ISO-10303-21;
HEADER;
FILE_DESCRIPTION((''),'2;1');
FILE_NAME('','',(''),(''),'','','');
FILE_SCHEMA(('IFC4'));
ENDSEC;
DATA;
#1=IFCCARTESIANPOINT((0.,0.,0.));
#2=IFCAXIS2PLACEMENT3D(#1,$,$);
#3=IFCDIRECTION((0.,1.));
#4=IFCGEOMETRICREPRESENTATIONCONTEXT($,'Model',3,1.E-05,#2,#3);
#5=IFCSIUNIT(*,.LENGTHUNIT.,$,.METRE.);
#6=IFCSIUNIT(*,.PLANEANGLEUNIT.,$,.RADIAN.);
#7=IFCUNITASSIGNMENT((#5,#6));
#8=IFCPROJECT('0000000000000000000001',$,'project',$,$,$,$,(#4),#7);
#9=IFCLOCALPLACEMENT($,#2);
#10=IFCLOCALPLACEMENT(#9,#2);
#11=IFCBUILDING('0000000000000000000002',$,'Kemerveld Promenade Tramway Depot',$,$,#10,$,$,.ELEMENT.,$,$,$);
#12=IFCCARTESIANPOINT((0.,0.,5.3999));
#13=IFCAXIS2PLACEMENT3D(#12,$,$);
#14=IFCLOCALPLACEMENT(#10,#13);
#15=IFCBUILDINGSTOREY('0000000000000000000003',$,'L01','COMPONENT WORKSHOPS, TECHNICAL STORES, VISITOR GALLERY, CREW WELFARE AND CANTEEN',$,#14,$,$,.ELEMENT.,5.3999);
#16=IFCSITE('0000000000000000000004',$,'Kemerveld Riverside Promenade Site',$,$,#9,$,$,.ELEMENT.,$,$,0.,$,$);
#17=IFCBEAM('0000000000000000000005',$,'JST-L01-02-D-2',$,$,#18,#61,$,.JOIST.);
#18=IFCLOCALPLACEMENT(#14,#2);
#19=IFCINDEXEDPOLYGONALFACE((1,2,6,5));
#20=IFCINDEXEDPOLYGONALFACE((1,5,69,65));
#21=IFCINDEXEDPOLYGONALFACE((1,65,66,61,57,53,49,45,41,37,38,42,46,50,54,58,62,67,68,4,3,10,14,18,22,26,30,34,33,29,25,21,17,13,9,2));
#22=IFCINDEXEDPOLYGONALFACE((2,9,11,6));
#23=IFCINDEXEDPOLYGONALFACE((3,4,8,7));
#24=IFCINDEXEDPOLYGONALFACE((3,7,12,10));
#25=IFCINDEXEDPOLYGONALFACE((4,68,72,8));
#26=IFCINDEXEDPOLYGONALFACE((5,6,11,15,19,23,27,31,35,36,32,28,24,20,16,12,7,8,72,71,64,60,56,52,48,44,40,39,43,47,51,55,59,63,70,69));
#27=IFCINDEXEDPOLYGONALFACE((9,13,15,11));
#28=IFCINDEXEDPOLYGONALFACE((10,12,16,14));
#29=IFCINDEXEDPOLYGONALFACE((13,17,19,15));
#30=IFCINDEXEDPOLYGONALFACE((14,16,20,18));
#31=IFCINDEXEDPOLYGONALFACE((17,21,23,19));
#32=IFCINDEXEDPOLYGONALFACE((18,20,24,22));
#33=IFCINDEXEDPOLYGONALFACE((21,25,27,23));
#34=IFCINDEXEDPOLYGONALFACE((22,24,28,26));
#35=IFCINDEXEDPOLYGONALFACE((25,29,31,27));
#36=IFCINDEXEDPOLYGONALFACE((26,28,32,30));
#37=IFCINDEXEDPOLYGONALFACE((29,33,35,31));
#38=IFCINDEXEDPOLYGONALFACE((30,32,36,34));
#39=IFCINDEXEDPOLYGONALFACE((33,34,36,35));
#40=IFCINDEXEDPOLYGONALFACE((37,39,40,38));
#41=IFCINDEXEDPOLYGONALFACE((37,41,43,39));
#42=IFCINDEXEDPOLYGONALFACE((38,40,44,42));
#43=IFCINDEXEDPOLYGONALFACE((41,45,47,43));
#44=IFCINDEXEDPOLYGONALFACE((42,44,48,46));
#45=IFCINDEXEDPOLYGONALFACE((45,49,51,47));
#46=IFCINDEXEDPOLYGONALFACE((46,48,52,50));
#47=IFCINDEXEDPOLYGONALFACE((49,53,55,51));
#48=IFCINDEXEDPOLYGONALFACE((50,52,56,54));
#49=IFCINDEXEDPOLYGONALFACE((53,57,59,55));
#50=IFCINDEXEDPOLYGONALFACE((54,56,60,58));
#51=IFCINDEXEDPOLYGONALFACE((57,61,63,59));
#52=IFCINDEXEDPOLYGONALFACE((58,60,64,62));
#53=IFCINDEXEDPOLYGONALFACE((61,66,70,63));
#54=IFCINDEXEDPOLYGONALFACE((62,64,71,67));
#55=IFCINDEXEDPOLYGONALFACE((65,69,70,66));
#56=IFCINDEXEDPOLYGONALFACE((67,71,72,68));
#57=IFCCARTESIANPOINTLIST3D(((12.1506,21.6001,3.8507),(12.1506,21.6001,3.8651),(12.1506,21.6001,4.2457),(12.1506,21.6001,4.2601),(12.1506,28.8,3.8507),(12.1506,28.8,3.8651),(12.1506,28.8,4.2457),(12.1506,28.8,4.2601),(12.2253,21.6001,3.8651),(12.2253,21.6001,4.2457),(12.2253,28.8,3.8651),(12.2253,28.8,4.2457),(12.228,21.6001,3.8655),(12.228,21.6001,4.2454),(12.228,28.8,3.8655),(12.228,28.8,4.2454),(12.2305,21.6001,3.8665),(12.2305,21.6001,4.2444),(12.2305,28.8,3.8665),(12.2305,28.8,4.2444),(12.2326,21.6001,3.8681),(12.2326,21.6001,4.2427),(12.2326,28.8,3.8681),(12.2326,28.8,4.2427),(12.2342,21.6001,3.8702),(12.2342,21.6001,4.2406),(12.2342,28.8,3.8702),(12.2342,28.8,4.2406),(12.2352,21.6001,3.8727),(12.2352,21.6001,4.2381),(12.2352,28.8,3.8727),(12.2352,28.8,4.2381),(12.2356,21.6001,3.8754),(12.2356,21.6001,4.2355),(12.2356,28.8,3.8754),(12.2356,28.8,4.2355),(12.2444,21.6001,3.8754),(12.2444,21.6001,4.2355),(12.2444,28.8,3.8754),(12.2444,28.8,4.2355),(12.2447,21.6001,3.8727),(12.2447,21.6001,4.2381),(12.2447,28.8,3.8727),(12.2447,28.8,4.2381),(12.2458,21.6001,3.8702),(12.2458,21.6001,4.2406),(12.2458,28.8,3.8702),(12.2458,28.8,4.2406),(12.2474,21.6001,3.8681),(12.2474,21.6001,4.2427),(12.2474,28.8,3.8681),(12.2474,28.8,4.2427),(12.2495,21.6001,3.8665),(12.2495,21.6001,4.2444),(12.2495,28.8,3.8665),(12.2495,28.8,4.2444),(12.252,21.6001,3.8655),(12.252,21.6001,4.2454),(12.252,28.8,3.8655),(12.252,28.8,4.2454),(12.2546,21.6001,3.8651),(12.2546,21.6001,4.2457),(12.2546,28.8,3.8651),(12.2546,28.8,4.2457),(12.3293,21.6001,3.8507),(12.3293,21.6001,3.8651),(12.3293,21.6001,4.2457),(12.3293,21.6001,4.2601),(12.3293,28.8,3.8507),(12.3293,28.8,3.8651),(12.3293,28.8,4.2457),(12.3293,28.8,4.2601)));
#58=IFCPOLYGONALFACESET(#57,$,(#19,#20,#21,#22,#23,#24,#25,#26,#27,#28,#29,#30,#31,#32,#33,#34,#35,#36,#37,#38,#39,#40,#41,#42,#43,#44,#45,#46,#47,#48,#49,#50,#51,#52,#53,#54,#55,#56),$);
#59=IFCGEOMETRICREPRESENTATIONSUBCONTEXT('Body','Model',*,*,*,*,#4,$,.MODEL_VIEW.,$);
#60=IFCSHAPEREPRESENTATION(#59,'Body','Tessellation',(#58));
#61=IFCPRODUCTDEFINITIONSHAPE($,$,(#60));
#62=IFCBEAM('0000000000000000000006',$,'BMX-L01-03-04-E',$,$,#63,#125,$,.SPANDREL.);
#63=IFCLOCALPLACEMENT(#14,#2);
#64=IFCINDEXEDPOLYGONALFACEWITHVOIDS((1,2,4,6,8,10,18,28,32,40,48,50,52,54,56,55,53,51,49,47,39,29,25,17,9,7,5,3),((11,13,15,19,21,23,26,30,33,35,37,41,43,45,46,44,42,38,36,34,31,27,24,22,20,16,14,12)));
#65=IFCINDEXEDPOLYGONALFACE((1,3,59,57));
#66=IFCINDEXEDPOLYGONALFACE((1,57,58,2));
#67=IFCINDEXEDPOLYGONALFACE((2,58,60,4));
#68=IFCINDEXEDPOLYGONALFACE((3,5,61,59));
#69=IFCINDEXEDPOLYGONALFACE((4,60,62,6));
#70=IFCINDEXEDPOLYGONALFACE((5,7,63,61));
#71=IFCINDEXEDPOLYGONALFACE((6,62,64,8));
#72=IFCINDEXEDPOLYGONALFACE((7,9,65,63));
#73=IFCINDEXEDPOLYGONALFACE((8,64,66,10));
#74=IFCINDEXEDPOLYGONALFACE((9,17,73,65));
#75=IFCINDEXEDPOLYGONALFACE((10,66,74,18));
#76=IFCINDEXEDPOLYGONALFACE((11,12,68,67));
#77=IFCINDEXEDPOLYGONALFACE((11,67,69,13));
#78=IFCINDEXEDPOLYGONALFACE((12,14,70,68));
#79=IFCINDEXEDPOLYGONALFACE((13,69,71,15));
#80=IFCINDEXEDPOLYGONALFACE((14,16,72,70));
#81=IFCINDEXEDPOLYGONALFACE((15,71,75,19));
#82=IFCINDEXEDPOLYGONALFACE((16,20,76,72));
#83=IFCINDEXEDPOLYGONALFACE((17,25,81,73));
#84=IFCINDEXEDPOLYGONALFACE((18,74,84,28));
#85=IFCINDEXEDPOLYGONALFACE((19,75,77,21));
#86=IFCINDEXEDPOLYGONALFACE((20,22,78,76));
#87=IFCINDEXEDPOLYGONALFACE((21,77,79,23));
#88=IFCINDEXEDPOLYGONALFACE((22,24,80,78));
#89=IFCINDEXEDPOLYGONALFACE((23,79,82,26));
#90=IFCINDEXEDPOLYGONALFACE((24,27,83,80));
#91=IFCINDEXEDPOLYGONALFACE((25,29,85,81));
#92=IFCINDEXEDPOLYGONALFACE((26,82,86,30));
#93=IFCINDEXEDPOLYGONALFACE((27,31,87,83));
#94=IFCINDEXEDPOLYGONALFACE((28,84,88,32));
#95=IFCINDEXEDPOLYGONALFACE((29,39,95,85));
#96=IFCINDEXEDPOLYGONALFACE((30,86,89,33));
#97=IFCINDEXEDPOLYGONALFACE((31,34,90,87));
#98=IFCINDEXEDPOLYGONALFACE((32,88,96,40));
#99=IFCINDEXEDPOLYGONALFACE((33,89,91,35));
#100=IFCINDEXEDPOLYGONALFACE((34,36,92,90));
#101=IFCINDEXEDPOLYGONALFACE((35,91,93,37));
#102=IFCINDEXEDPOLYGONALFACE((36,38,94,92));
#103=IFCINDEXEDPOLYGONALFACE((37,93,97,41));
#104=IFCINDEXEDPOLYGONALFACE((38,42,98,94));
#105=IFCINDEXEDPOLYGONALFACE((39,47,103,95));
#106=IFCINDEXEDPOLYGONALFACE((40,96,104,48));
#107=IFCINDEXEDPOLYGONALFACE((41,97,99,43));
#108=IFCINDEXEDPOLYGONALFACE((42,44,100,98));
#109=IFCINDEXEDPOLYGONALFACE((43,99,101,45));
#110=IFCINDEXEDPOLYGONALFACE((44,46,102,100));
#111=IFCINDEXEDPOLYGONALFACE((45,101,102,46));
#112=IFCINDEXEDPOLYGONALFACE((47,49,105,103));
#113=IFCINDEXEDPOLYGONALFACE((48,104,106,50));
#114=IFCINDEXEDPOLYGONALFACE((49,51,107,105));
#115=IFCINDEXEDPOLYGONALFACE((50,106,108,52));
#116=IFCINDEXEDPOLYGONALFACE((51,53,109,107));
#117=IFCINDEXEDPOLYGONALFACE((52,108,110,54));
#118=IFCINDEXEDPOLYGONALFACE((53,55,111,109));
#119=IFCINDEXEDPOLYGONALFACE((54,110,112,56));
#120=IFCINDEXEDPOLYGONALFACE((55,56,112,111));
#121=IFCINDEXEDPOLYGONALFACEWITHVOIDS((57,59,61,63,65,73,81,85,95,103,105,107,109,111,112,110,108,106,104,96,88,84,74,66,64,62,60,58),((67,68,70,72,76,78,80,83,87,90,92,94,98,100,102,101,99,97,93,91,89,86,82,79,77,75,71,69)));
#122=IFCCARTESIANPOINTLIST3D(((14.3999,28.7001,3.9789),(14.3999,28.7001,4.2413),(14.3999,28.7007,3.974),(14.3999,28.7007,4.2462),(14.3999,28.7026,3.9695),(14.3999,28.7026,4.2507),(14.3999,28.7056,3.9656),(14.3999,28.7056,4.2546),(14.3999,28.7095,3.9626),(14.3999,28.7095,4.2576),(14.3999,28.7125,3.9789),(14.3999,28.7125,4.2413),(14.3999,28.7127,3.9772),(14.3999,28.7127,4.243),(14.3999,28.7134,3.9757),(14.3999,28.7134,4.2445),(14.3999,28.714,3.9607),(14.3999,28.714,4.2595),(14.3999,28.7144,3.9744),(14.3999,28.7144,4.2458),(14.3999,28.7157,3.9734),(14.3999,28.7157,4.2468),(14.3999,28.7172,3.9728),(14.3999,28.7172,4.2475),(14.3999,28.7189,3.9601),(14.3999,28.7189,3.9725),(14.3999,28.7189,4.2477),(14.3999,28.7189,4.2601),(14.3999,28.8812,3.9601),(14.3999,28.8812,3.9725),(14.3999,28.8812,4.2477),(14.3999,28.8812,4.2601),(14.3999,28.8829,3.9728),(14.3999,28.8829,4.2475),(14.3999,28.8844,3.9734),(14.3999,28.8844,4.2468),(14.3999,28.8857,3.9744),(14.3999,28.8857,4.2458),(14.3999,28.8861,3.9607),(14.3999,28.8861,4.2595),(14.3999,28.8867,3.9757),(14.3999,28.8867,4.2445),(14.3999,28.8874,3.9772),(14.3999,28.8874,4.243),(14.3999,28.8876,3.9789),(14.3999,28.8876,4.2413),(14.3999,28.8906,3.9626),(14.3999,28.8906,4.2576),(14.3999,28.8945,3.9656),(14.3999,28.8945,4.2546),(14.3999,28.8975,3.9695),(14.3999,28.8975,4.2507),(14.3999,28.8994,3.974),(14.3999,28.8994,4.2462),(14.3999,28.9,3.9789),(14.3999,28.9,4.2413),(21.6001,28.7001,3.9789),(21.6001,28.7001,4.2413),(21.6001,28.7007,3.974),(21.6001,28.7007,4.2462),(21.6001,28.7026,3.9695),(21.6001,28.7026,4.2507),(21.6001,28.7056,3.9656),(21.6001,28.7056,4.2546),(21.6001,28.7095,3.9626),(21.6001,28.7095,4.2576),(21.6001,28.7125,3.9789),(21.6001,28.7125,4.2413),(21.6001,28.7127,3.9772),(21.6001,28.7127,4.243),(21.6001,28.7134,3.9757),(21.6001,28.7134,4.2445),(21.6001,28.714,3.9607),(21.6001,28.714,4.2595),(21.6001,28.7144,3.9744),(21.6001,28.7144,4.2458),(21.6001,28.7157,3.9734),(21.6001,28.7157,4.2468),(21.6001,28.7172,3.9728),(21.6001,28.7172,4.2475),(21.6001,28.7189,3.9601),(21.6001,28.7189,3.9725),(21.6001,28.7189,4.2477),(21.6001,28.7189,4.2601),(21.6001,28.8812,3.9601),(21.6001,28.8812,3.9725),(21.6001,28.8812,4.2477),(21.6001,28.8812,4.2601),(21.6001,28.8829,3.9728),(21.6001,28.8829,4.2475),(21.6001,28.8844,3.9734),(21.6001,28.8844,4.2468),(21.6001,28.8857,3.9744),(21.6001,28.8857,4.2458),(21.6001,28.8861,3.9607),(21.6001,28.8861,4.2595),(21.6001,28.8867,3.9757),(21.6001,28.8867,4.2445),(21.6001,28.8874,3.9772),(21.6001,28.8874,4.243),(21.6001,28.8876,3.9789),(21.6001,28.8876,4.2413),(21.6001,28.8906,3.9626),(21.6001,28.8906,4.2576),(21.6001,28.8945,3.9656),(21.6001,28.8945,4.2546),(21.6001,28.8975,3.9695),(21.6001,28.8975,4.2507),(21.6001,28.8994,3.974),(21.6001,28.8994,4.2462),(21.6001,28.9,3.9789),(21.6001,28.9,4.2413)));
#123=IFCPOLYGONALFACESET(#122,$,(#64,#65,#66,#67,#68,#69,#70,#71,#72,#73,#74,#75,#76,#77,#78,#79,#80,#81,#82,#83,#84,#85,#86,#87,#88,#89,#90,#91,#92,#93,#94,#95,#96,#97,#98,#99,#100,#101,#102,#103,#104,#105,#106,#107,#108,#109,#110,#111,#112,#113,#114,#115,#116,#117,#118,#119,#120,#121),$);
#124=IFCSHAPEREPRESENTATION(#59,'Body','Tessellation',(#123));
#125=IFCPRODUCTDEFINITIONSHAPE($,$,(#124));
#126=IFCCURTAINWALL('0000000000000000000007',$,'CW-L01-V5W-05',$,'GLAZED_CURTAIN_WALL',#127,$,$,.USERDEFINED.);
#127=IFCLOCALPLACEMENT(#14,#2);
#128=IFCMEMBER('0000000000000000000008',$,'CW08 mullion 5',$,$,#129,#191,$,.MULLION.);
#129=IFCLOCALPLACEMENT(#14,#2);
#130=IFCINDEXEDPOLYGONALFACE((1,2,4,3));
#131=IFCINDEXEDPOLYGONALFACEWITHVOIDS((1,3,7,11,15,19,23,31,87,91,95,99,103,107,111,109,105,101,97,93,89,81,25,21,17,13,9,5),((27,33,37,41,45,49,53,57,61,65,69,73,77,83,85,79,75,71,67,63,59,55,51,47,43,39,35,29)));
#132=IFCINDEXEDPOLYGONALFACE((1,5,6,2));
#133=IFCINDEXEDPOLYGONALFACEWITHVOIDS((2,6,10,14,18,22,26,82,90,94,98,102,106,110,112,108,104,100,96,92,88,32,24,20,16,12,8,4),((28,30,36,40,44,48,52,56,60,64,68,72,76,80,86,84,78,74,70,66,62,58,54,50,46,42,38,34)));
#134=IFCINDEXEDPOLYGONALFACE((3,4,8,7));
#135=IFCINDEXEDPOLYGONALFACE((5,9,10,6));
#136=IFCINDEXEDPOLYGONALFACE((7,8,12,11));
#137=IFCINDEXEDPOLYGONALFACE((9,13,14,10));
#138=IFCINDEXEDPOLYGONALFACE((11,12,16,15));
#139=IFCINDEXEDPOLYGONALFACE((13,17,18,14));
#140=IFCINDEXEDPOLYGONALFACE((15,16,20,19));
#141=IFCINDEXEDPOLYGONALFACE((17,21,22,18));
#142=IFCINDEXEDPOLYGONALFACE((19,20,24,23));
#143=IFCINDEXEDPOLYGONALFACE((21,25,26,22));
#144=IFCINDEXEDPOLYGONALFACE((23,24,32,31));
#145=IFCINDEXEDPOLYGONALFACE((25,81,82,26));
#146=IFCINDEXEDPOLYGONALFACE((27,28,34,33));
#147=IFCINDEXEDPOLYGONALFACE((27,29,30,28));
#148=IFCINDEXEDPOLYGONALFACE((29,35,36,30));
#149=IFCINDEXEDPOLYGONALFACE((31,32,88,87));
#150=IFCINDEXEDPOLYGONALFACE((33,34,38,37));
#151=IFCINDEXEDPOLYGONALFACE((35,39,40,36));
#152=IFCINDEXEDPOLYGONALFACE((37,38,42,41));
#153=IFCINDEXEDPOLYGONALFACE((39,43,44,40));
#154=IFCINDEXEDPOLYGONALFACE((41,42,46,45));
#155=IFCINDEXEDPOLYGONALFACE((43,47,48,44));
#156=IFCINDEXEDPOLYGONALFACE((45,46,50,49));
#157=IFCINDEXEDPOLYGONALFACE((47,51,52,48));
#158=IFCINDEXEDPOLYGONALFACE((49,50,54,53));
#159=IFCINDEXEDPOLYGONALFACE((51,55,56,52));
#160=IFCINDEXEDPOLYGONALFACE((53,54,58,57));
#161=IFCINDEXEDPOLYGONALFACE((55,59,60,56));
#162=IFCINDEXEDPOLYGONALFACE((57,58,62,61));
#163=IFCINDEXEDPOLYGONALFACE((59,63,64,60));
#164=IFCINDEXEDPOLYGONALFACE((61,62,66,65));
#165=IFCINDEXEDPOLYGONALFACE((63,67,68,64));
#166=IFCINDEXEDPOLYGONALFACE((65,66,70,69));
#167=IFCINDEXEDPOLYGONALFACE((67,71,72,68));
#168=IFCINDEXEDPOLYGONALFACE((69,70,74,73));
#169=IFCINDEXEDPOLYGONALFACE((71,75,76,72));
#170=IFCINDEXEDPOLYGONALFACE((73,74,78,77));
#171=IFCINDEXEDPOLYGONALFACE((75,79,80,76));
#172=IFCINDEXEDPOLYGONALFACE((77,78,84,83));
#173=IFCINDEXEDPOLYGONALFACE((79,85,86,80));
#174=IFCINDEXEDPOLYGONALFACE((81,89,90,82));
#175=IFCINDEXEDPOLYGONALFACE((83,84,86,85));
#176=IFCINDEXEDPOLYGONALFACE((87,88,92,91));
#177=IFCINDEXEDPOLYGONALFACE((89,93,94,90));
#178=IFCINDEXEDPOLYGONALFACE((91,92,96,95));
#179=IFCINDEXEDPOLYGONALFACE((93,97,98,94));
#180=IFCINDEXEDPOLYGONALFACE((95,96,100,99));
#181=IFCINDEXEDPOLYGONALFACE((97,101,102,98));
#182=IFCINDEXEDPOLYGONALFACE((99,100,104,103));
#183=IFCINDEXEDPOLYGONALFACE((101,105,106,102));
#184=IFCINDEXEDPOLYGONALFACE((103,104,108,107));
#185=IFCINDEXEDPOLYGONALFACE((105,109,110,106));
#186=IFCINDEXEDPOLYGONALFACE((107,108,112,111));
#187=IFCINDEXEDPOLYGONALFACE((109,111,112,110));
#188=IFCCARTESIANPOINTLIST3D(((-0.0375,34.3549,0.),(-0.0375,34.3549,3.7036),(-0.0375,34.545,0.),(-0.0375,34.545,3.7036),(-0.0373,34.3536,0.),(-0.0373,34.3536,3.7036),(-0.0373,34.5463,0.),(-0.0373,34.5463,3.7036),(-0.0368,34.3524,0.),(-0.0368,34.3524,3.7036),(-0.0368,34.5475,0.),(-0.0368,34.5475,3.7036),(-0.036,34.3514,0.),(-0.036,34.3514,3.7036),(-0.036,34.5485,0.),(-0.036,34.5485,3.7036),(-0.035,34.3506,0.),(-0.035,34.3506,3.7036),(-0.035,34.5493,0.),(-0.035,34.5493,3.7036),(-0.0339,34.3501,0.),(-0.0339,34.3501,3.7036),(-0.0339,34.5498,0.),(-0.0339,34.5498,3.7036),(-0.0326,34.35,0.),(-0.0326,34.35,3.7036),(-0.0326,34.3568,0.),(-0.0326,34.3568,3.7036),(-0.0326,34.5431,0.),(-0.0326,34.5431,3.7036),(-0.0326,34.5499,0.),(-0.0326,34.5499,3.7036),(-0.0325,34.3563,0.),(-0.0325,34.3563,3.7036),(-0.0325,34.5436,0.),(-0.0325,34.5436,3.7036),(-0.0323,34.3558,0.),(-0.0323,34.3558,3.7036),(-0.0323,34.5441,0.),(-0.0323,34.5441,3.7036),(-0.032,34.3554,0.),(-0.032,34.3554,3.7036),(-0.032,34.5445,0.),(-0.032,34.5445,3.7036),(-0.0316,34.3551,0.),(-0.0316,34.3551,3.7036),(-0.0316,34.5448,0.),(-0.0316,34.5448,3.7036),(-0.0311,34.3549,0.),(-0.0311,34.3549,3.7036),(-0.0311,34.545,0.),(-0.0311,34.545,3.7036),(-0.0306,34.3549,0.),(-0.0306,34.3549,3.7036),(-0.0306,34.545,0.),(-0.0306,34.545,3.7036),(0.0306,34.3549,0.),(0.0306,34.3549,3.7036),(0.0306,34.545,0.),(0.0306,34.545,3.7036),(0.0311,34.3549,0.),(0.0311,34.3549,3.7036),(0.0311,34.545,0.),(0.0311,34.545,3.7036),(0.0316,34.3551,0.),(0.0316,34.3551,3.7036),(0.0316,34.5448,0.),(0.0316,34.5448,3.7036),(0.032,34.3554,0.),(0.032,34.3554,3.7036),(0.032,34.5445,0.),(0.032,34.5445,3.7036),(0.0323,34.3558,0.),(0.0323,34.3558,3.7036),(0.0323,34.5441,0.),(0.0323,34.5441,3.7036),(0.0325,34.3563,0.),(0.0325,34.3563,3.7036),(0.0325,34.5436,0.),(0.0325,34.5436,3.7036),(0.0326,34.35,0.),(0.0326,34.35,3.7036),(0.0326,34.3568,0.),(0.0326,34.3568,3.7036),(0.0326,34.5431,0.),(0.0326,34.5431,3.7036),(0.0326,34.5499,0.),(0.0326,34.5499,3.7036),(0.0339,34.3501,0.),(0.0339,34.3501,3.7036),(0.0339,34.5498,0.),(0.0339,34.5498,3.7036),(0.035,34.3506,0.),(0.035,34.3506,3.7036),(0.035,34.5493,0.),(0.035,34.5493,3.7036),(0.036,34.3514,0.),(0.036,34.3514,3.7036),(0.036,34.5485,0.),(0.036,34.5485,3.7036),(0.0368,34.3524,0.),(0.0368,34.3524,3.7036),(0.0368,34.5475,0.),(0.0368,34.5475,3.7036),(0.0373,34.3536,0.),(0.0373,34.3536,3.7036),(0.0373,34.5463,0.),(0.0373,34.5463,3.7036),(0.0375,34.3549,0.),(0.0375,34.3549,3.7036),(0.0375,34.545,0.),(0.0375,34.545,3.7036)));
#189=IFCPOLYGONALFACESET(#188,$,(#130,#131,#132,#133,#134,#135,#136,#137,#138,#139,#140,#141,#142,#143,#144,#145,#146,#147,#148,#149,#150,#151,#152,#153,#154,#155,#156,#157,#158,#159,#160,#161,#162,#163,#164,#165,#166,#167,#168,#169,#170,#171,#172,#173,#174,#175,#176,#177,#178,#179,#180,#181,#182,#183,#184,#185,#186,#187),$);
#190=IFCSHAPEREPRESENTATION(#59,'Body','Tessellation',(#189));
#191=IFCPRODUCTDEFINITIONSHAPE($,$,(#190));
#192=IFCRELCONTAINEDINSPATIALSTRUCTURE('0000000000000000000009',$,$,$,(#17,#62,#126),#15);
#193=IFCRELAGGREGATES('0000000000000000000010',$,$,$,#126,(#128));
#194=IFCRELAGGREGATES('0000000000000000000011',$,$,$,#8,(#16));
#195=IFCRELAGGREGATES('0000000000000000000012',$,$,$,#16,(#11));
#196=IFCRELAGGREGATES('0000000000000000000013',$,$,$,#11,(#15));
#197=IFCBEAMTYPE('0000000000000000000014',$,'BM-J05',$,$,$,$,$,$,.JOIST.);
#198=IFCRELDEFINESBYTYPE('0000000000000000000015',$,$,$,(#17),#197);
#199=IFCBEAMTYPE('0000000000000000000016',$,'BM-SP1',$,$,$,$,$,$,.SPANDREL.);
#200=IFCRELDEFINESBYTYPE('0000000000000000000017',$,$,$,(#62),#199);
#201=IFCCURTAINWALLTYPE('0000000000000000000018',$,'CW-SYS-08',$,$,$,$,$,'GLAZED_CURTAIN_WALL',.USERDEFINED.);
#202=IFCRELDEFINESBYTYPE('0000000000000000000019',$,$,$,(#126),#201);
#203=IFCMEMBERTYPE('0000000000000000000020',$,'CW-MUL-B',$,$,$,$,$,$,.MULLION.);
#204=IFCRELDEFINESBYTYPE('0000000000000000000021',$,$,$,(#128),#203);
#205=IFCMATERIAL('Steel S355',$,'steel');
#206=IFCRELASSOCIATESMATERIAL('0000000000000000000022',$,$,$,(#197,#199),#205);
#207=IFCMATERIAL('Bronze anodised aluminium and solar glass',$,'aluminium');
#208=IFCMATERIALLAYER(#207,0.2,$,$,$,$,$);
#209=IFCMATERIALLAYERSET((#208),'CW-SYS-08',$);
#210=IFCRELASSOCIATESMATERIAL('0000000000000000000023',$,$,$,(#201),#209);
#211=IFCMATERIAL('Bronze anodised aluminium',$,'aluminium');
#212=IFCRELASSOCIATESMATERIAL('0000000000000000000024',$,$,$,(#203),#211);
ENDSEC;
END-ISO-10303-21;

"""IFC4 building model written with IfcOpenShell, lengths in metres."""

from ifc_helpers import new_model, si_unit, direction, frame, origin, origin_2d, place, context, subcontext, project, spatial, hollow_rectangle, i_section, extrude, material, layer, layer_set, material_profile, profile_set, type_object, element, aggregate, save


model = new_model("IFC4")

# Units and contexts
model_context = context("Model", 3, precision=1e-05, world=origin(), true_north=direction((0.0, 1.0)))
body_context = subcontext(model_context, "Body", "Model", "MODEL_VIEW")
ifc_project = project(units=[si_unit("LENGTHUNIT", "METRE"), si_unit("PLANEANGLEUNIT", "RADIAN")], contexts=[model_context])

# Site, building, storey
site_placement = place(None, origin())
site = spatial("IfcSite", under=ifc_project, at=site_placement, Name="Kemerveld Riverside Promenade Site", CompositionType="ELEMENT", RefElevation=0.0)
building_placement = place(site_placement, origin())
building = spatial("IfcBuilding", under=site, at=building_placement, Name="Kemerveld Promenade Tramway Depot", CompositionType="ELEMENT")
storey_placement = place(building_placement, frame((0.0, 0.0, 5.3999)))
storey = spatial("IfcBuildingStorey", under=building, at=storey_placement, Name="L01", Description="COMPONENT WORKSHOPS, TECHNICAL STORES, VISITOR GALLERY, CREW WELFARE AND CANTEEN", CompositionType="ELEMENT", Elevation=5.3999)

# Shared definitions
ifc_material_1 = material(Name="Steel S355", Category="steel")

# Beams
ifc_material_profile_1 = material_profile(ifc_material_1, i_section(OverallWidth=0.1787, OverallDepth=0.4094, WebThickness=0.0088, FlangeThickness=0.0144, FilletRadius=0.0103, at=origin_2d()), Name="406x178x67 UB")
ifc_profile_set_1 = profile_set([ifc_material_profile_1], Name="Steel S355")
beam_type_1 = type_object("IfcBeamType", Name="BM-J05", PredefinedType="JOIST", material=ifc_profile_set_1)
for number, where, z_axis, x_axis, name in (
    (1, (12.24, 21.6001, 4.0554), (0.0, 1.0, 0.0), (-1.0, 0.0, 0.0), "JST-L01-02-D-2"),
):
    element("IfcBeam", number, at=place(storey_placement, frame(where, z_axis=z_axis, x_axis=x_axis)), inside=storey, type_object=beam_type_1, Name=name, PredefinedType="JOIST", context=body_context, shape_type="SweptSolid", body=[
        extrude(i_section(OverallWidth=0.1787, OverallDepth=0.4094, WebThickness=0.0088, FlangeThickness=0.0144, FilletRadius=0.0103, at=origin_2d()), origin(), (0.0, 0.0, 1.0), 7.2),
    ])
ifc_material_profile_2 = material_profile(ifc_material_1, hollow_rectangle(XDim=0.2, YDim=0.3, WallThickness=0.0125, InnerFilletRadius=0.0063, OuterFilletRadius=0.0188, at=origin_2d()), Name="300x200x12.5 RHS")
ifc_profile_set_2 = profile_set([ifc_material_profile_2], Name="Steel S355")
beam_type_2 = type_object("IfcBeamType", Name="BM-SP1", PredefinedType="SPANDREL", material=ifc_profile_set_2)
beam_1_placement = place(storey_placement, frame((14.3999, 28.8, 4.1101), z_axis=(1.0, 0.0, 0.0), x_axis=(0.0, 1.0, 0.0)))
element("IfcBeam", 2, at=beam_1_placement, inside=storey, type_object=beam_type_2, Name="BMX-L01-03-04-E", PredefinedType="SPANDREL", context=body_context, shape_type="SweptSolid", body=[
    extrude(hollow_rectangle(XDim=0.2, YDim=0.3, WallThickness=0.0125, InnerFilletRadius=0.0063, OuterFilletRadius=0.0188, at=origin_2d()), origin(), (0.0, 0.0, 1.0), 7.2002),
])

# Curtain wall, member
ifc_material_2 = material(Name="Bronze anodised aluminium and solar glass", Category="aluminium")
ifc_layer_1 = layer(ifc_material_2, 0.2)
ifc_layer_set_1 = layer_set([ifc_layer_1], Name="CW-SYS-08")
curtain_wall_type = type_object("IfcCurtainWallType", Name="CW-SYS-08", ElementType="GLAZED_CURTAIN_WALL", PredefinedType="USERDEFINED", material=ifc_layer_set_1)
curtain_wall_placement = place(storey_placement, origin())
curtain_wall = element("IfcCurtainWall", 3, at=curtain_wall_placement, inside=storey, type_object=curtain_wall_type, Name="CW-L01-V5W-05", ObjectType="GLAZED_CURTAIN_WALL", PredefinedType="USERDEFINED")
ifc_material_3 = material(Name="Bronze anodised aluminium", Category="aluminium")
ifc_material_profile_3 = material_profile(ifc_material_3, hollow_rectangle(XDim=0.075, YDim=0.2, WallThickness=0.0049, InnerFilletRadius=0.002, OuterFilletRadius=0.0049, at=origin_2d()), Name="CW-MUL-200x75")
ifc_profile_set_3 = profile_set([ifc_material_profile_3], Name="Bronze anodised aluminium")
member_type_1 = type_object("IfcMemberType", Name="CW-MUL-B", PredefinedType="MULLION", material=ifc_profile_set_3)
member_1_placement = place(storey_placement, frame((0.0, 34.45, 0.0), z_axis=(0.0, 0.0, 1.0), x_axis=(-1.0, 0.0, 0.0)))
member_1 = element("IfcMember", 4, at=member_1_placement, type_object=member_type_1, Name="CW08 mullion 5", PredefinedType="MULLION", context=body_context, shape_type="SweptSolid", body=[
    extrude(hollow_rectangle(XDim=0.075, YDim=0.2, WallThickness=0.0049, InnerFilletRadius=0.002, OuterFilletRadius=0.0049, at=origin_2d()), origin(), (0.0, 0.0, 1.0), 3.7036),
])
aggregate(curtain_wall, [member_1])

save(model, "model.ifc")
